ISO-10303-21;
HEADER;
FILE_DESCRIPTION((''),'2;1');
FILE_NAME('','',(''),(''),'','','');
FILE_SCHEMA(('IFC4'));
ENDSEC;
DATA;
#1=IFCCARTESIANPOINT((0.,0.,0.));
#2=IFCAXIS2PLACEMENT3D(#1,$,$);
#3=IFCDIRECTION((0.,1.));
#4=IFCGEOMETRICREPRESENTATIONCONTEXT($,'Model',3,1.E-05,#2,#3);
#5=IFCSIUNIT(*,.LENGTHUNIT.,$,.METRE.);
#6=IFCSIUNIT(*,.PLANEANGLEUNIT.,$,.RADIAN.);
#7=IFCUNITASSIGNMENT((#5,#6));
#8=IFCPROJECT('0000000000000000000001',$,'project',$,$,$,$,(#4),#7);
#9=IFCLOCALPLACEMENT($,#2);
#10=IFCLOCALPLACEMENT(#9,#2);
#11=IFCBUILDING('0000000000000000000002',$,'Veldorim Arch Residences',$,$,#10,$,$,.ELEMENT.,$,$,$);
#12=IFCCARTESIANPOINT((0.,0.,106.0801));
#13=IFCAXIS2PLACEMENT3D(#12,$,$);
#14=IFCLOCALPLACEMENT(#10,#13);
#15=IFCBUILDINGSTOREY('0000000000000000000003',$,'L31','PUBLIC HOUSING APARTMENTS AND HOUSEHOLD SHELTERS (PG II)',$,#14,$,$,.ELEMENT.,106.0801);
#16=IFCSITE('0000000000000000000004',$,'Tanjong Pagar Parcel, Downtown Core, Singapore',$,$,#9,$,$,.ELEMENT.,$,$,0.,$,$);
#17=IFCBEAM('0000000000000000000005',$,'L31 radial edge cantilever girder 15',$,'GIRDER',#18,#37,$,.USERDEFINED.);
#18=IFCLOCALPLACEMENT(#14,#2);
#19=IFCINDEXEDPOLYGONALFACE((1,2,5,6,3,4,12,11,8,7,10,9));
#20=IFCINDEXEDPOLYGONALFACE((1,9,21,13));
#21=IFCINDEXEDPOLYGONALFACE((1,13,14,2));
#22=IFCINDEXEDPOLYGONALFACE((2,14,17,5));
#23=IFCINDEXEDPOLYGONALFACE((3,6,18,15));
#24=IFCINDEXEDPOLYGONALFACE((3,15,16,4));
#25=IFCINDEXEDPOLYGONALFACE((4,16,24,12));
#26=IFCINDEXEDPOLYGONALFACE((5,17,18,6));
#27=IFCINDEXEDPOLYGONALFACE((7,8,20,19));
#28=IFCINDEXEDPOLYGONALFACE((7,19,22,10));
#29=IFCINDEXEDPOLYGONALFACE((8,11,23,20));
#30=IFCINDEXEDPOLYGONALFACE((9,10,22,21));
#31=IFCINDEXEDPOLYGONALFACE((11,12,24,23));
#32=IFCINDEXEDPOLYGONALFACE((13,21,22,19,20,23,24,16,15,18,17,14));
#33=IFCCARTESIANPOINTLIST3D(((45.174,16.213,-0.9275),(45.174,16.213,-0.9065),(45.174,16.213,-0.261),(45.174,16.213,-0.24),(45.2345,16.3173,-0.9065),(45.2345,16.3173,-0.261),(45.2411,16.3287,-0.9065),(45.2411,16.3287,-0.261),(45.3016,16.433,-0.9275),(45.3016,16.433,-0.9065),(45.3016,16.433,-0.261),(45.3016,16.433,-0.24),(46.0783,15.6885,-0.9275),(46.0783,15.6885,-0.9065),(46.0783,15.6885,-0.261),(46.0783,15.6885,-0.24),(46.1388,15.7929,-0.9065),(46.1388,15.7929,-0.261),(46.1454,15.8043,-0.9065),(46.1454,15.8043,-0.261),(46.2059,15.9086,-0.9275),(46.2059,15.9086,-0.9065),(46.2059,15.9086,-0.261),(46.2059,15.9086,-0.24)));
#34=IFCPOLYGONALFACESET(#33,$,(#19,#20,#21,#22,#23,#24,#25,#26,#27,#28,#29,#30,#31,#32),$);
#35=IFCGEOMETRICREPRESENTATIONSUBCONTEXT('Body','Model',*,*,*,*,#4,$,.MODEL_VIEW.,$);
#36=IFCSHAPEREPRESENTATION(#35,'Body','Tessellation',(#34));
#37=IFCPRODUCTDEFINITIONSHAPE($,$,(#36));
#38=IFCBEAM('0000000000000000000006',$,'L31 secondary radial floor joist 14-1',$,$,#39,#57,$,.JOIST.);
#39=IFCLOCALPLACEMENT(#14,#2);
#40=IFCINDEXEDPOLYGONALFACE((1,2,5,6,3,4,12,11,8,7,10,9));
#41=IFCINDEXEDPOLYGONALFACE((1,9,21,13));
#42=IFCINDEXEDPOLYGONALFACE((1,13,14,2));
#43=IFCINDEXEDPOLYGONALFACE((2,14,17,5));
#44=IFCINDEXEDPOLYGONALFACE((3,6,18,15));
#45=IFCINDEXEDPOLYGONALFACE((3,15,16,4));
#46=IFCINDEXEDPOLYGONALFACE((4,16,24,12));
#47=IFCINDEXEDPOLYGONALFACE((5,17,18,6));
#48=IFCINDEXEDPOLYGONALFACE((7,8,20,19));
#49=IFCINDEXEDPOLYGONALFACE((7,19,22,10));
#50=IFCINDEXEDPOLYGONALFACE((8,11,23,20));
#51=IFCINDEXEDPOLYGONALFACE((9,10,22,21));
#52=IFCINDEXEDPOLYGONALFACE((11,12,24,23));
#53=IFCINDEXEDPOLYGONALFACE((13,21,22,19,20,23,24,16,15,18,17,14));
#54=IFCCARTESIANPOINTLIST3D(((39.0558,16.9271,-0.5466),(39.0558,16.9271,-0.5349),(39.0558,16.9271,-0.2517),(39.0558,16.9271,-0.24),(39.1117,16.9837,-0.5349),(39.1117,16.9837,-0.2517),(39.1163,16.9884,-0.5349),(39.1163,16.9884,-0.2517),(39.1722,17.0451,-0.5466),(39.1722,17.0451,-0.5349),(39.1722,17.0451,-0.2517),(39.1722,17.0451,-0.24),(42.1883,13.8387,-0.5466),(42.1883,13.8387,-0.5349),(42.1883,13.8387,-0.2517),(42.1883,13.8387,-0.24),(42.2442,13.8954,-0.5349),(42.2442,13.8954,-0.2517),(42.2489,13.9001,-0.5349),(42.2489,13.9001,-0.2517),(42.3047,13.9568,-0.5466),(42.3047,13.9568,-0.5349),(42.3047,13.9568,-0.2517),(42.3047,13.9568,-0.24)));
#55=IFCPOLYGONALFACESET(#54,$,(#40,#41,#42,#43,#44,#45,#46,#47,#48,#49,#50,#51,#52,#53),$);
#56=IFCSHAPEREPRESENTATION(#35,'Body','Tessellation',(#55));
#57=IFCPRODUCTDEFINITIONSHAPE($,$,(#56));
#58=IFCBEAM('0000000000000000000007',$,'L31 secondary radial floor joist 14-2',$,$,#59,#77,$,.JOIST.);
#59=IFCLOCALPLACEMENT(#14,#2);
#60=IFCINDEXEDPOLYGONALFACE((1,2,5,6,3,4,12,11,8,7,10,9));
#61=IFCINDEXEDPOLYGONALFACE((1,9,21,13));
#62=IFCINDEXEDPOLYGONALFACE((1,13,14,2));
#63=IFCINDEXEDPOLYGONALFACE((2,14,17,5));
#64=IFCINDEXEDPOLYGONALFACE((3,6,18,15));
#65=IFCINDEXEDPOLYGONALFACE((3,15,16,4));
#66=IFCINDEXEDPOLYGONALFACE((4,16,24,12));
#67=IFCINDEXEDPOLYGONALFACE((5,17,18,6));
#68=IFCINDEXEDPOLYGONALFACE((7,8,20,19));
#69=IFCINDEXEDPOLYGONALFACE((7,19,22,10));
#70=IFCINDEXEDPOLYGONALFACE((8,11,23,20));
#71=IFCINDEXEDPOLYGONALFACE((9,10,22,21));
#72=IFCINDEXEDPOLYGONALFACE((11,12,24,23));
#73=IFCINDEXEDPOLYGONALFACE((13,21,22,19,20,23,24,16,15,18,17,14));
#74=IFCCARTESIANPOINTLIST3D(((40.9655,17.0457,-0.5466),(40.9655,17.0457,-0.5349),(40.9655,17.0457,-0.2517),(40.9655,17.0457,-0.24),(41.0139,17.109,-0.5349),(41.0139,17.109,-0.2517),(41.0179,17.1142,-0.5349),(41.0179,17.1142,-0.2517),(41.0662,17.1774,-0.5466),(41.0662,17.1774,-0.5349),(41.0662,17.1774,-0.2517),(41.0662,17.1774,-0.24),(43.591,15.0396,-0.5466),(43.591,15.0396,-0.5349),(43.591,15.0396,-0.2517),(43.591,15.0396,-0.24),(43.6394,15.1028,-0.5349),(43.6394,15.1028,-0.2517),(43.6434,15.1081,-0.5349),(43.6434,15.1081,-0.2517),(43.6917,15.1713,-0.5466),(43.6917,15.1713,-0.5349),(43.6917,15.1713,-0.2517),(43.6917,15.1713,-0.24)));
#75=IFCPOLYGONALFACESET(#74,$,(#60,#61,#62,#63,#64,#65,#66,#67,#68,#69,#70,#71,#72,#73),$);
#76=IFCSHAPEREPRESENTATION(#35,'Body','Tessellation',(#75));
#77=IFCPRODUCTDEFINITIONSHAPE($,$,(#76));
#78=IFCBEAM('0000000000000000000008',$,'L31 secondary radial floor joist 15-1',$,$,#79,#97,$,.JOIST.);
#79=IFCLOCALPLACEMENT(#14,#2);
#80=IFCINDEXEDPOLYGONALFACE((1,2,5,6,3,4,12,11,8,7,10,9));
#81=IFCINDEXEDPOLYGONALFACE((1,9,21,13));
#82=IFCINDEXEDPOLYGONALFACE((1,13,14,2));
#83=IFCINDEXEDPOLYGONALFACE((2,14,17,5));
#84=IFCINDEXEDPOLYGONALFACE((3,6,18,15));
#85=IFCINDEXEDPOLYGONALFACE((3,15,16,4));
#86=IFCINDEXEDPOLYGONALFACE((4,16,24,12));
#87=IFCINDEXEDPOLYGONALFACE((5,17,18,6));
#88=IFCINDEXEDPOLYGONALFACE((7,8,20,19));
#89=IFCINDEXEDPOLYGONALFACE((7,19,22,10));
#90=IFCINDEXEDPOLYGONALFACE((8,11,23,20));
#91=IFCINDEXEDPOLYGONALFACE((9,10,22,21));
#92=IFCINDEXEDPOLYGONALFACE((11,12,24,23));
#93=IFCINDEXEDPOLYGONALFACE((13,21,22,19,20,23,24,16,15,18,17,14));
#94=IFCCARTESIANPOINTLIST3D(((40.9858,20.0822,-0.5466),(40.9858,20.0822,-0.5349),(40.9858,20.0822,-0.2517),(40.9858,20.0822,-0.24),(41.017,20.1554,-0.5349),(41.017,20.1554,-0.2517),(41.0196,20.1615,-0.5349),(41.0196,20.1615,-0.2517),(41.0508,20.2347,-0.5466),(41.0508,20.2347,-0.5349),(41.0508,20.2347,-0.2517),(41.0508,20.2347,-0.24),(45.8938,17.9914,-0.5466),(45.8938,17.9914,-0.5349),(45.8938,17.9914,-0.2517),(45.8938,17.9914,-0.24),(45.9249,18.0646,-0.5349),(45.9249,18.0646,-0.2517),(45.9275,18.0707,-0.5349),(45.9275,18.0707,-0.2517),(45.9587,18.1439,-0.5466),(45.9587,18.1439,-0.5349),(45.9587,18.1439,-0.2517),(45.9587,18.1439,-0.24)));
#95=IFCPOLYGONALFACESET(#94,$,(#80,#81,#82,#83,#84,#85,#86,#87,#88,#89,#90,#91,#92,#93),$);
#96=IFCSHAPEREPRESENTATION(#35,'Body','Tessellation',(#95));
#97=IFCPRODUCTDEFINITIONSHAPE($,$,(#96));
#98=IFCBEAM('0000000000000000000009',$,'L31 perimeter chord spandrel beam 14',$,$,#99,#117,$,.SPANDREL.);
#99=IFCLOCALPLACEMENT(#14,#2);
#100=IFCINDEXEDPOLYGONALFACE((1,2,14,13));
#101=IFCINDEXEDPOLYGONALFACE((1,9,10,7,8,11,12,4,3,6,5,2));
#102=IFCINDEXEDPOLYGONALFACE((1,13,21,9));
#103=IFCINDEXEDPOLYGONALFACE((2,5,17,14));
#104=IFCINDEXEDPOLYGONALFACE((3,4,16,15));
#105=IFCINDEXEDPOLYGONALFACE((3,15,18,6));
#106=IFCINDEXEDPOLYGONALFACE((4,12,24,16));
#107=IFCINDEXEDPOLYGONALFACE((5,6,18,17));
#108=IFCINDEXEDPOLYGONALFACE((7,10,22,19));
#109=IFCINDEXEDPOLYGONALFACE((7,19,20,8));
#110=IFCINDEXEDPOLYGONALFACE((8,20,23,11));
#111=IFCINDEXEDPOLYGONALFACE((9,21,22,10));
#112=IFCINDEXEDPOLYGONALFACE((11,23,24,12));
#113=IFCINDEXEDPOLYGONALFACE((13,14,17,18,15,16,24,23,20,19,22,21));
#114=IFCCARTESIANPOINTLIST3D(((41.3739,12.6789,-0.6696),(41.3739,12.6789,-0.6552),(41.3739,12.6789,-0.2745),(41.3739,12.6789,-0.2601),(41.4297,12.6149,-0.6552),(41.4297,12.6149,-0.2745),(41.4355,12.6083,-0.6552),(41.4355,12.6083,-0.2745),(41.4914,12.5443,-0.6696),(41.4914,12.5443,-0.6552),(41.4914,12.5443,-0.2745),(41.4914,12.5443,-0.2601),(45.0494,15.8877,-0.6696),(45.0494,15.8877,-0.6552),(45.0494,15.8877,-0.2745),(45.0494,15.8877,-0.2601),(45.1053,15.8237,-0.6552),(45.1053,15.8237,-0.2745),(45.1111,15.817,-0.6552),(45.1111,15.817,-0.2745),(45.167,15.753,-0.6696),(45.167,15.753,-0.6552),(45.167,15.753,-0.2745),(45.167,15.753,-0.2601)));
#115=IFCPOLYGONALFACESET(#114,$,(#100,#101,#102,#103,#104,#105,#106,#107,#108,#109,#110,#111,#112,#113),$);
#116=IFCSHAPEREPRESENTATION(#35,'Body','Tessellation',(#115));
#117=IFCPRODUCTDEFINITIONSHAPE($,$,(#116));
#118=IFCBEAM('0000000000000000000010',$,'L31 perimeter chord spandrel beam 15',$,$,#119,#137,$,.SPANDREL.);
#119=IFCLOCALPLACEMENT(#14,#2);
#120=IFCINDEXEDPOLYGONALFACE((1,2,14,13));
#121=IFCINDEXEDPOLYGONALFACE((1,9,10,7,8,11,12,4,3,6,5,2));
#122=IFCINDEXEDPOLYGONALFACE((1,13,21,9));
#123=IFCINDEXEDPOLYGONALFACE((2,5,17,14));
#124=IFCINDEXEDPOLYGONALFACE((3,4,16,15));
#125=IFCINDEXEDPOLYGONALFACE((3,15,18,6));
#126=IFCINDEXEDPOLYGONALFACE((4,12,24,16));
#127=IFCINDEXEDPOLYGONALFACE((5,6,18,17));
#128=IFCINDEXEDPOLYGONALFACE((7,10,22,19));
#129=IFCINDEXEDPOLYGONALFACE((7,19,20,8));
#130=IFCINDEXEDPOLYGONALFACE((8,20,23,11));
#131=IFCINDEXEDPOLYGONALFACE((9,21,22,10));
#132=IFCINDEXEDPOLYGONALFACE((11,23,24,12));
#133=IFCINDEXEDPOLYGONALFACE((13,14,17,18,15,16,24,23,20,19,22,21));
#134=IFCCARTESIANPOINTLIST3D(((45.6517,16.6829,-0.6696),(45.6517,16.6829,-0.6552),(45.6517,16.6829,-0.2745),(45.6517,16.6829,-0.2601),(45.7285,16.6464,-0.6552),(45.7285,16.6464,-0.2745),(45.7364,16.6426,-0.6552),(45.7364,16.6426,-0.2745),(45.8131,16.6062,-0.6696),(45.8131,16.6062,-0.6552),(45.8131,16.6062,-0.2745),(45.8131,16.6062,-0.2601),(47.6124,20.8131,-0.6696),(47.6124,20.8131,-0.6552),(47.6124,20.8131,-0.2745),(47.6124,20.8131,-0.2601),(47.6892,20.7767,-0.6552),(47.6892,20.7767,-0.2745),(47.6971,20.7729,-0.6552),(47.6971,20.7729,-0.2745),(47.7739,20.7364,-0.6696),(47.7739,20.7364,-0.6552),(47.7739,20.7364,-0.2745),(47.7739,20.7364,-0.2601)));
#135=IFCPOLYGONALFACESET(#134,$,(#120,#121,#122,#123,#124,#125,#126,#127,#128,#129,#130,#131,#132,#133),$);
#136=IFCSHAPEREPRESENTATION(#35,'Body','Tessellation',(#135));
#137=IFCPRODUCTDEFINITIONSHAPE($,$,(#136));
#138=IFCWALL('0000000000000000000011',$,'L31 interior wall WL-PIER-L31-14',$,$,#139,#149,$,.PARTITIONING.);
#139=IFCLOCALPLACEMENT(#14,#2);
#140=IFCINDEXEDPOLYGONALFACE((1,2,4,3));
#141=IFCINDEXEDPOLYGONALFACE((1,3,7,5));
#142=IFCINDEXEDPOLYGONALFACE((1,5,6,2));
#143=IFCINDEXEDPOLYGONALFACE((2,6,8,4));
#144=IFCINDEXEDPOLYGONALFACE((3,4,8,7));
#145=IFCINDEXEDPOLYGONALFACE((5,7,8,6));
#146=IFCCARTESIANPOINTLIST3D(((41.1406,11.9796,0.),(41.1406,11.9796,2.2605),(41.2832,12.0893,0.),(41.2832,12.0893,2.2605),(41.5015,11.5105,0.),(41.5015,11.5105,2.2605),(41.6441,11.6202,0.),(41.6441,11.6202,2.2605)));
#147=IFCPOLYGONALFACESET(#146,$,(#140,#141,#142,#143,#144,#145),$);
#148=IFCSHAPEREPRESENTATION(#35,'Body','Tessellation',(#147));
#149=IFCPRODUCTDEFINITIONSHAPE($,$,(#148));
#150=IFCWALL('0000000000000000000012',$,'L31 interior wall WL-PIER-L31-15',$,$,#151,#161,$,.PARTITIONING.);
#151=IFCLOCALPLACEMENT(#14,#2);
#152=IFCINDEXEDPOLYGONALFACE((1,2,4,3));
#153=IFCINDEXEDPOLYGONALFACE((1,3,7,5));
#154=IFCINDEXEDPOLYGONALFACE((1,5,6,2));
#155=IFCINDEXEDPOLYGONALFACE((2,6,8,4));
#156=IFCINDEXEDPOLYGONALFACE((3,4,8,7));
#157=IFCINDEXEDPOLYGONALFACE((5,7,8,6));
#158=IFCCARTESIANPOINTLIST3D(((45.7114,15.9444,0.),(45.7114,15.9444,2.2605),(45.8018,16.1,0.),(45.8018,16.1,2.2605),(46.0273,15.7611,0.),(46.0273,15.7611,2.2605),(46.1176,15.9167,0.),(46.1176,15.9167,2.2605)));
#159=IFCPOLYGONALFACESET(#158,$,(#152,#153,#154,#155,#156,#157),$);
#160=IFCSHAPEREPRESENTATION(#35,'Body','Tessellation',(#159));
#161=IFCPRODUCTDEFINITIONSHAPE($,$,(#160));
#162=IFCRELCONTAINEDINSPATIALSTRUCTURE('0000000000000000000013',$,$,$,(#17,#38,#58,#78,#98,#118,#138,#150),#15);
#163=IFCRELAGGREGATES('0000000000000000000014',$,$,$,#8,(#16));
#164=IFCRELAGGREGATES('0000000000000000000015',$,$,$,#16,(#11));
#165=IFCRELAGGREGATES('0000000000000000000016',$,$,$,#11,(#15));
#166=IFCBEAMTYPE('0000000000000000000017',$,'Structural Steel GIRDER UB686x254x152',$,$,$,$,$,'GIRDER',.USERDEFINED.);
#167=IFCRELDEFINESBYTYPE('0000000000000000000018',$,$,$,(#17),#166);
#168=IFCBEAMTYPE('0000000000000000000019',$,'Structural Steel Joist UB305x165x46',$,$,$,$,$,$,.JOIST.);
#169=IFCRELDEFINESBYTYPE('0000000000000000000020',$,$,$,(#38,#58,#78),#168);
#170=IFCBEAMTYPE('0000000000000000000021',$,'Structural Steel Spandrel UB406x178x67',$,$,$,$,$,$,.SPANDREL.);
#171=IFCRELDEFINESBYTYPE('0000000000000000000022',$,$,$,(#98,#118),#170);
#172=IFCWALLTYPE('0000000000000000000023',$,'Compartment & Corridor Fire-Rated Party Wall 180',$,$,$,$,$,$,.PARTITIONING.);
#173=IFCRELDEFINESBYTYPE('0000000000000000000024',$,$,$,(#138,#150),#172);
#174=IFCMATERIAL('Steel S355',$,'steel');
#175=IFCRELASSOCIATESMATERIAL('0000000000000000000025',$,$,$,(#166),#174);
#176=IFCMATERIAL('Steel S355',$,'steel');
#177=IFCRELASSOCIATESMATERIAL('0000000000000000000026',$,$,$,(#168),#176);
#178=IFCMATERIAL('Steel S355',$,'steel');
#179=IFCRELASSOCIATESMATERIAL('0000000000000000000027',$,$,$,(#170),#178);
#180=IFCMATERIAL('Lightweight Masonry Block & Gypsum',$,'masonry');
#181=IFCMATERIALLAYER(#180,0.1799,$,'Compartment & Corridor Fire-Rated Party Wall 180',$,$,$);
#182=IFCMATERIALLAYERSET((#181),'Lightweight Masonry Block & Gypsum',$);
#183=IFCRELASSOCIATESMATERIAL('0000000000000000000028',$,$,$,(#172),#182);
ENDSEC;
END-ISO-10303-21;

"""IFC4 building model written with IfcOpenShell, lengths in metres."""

from ifc_helpers import new_model, si_unit, direction, frame, frame_2d, origin, origin_2d, place, context, subcontext, project, spatial, rectangle, i_section, extrude, material, layer, layer_set, material_profile, profile_set, type_object, element, save


model = new_model("IFC4")

# Units and contexts
model_context = context("Model", 3, precision=1e-05, world=origin(), true_north=direction((0.0, 1.0)))
body_context = subcontext(model_context, "Body", "Model", "MODEL_VIEW")
ifc_project = project(units=[si_unit("LENGTHUNIT", "METRE"), si_unit("PLANEANGLEUNIT", "RADIAN")], contexts=[model_context])

# Site, building, storey
site_placement = place(None, origin())
site = spatial("IfcSite", under=ifc_project, at=site_placement, Name="Tanjong Pagar Parcel, Downtown Core, Singapore", CompositionType="ELEMENT", RefElevation=0.0)
building_placement = place(site_placement, origin())
building = spatial("IfcBuilding", under=site, at=building_placement, Name="Veldorim Arch Residences", CompositionType="ELEMENT")
storey_placement = place(building_placement, frame((0.0, 0.0, 106.0801)))
storey = spatial("IfcBuildingStorey", under=building, at=storey_placement, Name="L31", Description="PUBLIC HOUSING APARTMENTS AND HOUSEHOLD SHELTERS (PG II)", CompositionType="ELEMENT", Elevation=106.0801)

# Beams
ifc_material_1 = material(Name="Steel S355", Category="steel")
ifc_material_profile_1 = material_profile(ifc_material_1, i_section(OverallWidth=0.2544, OverallDepth=0.6875, WebThickness=0.0132, FlangeThickness=0.021, at=origin_2d()), Name="UB686x254x152")
ifc_profile_set_1 = profile_set([ifc_material_profile_1], Name="Steel S355")
beam_type_1 = type_object("IfcBeamType", Name="Structural Steel GIRDER UB686x254x152", ElementType="GIRDER", PredefinedType="USERDEFINED", material=ifc_profile_set_1)
beam_1_placement = place(storey_placement, frame((45.2378, 16.323, -0.5837), z_axis=(0.865064, -0.501662, 0.0), x_axis=(0.501662, 0.865064, 0.0)))
element("IfcBeam", 1, at=beam_1_placement, inside=storey, type_object=beam_type_1, Name="L31 radial edge cantilever girder 15", ObjectType="GIRDER", PredefinedType="USERDEFINED", context=body_context, shape_type="SweptSolid", body=[
    extrude(i_section(OverallWidth=0.2544, OverallDepth=0.6875, WebThickness=0.0132, FlangeThickness=0.021, at=origin_2d()), origin(), (0.0, 0.0, 1.0), 1.0454),
])
ifc_material_2 = material(Name="Steel S355", Category="steel")
ifc_material_profile_2 = material_profile(ifc_material_2, i_section(OverallWidth=0.1658, OverallDepth=0.3066, WebThickness=0.0066, FlangeThickness=0.0117, at=origin_2d()), Name="UB305x165x46")
ifc_profile_set_2 = profile_set([ifc_material_profile_2], Name="Steel S355")
beam_type_2 = type_object("IfcBeamType", Name="Structural Steel Joist UB305x165x46", PredefinedType="JOIST", material=ifc_profile_set_2)
beam_2_placement = place(storey_placement, frame((39.114, 16.9861, -0.3933), z_axis=(0.712112, -0.702066, 0.0), x_axis=(0.702066, 0.712112, 0.0)))
element("IfcBeam", 2, at=beam_2_placement, inside=storey, type_object=beam_type_2, Name="L31 secondary radial floor joist 14-1", PredefinedType="JOIST", context=body_context, shape_type="SweptSolid", body=[
    extrude(i_section(OverallWidth=0.1658, OverallDepth=0.3066, WebThickness=0.0066, FlangeThickness=0.0117, at=origin_2d()), origin(), (0.0, 0.0, 1.0), 4.3989),
])
beam_3_placement = place(storey_placement, frame((41.0159, 17.1116, -0.3933), z_axis=(0.794595, -0.60714, 0.0), x_axis=(0.60714, 0.794595, 0.0)))
element("IfcBeam", 3, at=beam_3_placement, inside=storey, type_object=beam_type_2, Name="L31 secondary radial floor joist 14-2", PredefinedType="JOIST", context=body_context, shape_type="SweptSolid", body=[
    extrude(i_section(OverallWidth=0.1658, OverallDepth=0.3066, WebThickness=0.0066, FlangeThickness=0.0117, at=origin_2d()), origin(), (0.0, 0.0, 1.0), 3.3042),
])
beam_4_placement = place(storey_placement, frame((41.0183, 20.1584, -0.3933), z_axis=(0.919997, -0.391924, 0.0), x_axis=(0.391924, 0.919997, 0.0)))
element("IfcBeam", 4, at=beam_4_placement, inside=storey, type_object=beam_type_2, Name="L31 secondary radial floor joist 15-1", PredefinedType="JOIST", context=body_context, shape_type="SweptSolid", body=[
    extrude(i_section(OverallWidth=0.1658, OverallDepth=0.3066, WebThickness=0.0066, FlangeThickness=0.0117, at=origin_2d()), origin(), (0.0, 0.0, 1.0), 5.3347),
])
ifc_material_3 = material(Name="Steel S355", Category="steel")
ifc_material_profile_3 = material_profile(ifc_material_3, i_section(OverallWidth=0.1787, OverallDepth=0.4094, WebThickness=0.0088, FlangeThickness=0.0144, at=origin_2d()), Name="UB406x178x67")
ifc_profile_set_3 = profile_set([ifc_material_profile_3], Name="Steel S355")
beam_type_3 = type_object("IfcBeamType", Name="Structural Steel Spandrel UB406x178x67", PredefinedType="SPANDREL", material=ifc_profile_set_3)
beam_5_placement = place(storey_placement, frame((41.4326, 12.6116, -0.4648), z_axis=(0.753323, 0.65765, 0.0), x_axis=(-0.65765, 0.753323, 0.0)))
element("IfcBeam", 5, at=beam_5_placement, inside=storey, type_object=beam_type_3, Name="L31 perimeter chord spandrel beam 14", PredefinedType="SPANDREL", context=body_context, shape_type="SweptSolid", body=[
    extrude(i_section(OverallWidth=0.1787, OverallDepth=0.4094, WebThickness=0.0088, FlangeThickness=0.0144, at=origin_2d()), origin(), (0.0, 0.0, 1.0), 4.8792),
])
beam_6_placement = place(storey_placement, frame((45.7324, 16.6445, -0.4648), z_axis=(0.428857, 0.903372, 0.0), x_axis=(-0.903372, 0.428857, 0.0)))
element("IfcBeam", 6, at=beam_6_placement, inside=storey, type_object=beam_type_3, Name="L31 perimeter chord spandrel beam 15", PredefinedType="SPANDREL", context=body_context, shape_type="SweptSolid", body=[
    extrude(i_section(OverallWidth=0.1787, OverallDepth=0.4094, WebThickness=0.0088, FlangeThickness=0.0144, at=origin_2d()), origin(), (0.0, 0.0, 1.0), 4.572),
])

# Walls
ifc_material_4 = material(Name="Lightweight Masonry Block & Gypsum", Category="masonry")
ifc_layer_1 = layer(ifc_material_4, 0.1799, Name="Compartment & Corridor Fire-Rated Party Wall 180")
ifc_layer_set_1 = layer_set([ifc_layer_1], Name="Lightweight Masonry Block & Gypsum")
wall_type_1 = type_object("IfcWallType", Name="Compartment & Corridor Fire-Rated Party Wall 180", PredefinedType="PARTITIONING", material=ifc_layer_set_1)
wall_1_placement = place(storey_placement, frame((41.2119, 12.0344, 0.0), z_axis=(0.0, 0.0, 1.0), x_axis=(0.609791, -0.792563, 0.0)))
element("IfcWall", 7, at=wall_1_placement, inside=storey, type_object=wall_type_1, Name="L31 interior wall WL-PIER-L31-14", PredefinedType="PARTITIONING", context=body_context, shape_type="SweptSolid", body=[
    extrude(rectangle(XDim=0.5918, YDim=0.1799, at=frame_2d((0.2959, 0.0))), origin(), (0.0, 0.0, 1.0), 2.2605),
])
wall_2_placement = place(storey_placement, frame((45.7566, 16.0222, 0.0), z_axis=(0.0, 0.0, 1.0), x_axis=(0.864892, -0.501958, 0.0)))
element("IfcWall", 8, at=wall_2_placement, inside=storey, type_object=wall_type_1, Name="L31 interior wall WL-PIER-L31-15", PredefinedType="PARTITIONING", context=body_context, shape_type="SweptSolid", body=[
    extrude(rectangle(XDim=0.3652, YDim=0.1799, at=frame_2d((0.1826, 0.0))), origin(), (0.0, 0.0, 1.0), 2.2605),
])

save(model, "model.ifc")
